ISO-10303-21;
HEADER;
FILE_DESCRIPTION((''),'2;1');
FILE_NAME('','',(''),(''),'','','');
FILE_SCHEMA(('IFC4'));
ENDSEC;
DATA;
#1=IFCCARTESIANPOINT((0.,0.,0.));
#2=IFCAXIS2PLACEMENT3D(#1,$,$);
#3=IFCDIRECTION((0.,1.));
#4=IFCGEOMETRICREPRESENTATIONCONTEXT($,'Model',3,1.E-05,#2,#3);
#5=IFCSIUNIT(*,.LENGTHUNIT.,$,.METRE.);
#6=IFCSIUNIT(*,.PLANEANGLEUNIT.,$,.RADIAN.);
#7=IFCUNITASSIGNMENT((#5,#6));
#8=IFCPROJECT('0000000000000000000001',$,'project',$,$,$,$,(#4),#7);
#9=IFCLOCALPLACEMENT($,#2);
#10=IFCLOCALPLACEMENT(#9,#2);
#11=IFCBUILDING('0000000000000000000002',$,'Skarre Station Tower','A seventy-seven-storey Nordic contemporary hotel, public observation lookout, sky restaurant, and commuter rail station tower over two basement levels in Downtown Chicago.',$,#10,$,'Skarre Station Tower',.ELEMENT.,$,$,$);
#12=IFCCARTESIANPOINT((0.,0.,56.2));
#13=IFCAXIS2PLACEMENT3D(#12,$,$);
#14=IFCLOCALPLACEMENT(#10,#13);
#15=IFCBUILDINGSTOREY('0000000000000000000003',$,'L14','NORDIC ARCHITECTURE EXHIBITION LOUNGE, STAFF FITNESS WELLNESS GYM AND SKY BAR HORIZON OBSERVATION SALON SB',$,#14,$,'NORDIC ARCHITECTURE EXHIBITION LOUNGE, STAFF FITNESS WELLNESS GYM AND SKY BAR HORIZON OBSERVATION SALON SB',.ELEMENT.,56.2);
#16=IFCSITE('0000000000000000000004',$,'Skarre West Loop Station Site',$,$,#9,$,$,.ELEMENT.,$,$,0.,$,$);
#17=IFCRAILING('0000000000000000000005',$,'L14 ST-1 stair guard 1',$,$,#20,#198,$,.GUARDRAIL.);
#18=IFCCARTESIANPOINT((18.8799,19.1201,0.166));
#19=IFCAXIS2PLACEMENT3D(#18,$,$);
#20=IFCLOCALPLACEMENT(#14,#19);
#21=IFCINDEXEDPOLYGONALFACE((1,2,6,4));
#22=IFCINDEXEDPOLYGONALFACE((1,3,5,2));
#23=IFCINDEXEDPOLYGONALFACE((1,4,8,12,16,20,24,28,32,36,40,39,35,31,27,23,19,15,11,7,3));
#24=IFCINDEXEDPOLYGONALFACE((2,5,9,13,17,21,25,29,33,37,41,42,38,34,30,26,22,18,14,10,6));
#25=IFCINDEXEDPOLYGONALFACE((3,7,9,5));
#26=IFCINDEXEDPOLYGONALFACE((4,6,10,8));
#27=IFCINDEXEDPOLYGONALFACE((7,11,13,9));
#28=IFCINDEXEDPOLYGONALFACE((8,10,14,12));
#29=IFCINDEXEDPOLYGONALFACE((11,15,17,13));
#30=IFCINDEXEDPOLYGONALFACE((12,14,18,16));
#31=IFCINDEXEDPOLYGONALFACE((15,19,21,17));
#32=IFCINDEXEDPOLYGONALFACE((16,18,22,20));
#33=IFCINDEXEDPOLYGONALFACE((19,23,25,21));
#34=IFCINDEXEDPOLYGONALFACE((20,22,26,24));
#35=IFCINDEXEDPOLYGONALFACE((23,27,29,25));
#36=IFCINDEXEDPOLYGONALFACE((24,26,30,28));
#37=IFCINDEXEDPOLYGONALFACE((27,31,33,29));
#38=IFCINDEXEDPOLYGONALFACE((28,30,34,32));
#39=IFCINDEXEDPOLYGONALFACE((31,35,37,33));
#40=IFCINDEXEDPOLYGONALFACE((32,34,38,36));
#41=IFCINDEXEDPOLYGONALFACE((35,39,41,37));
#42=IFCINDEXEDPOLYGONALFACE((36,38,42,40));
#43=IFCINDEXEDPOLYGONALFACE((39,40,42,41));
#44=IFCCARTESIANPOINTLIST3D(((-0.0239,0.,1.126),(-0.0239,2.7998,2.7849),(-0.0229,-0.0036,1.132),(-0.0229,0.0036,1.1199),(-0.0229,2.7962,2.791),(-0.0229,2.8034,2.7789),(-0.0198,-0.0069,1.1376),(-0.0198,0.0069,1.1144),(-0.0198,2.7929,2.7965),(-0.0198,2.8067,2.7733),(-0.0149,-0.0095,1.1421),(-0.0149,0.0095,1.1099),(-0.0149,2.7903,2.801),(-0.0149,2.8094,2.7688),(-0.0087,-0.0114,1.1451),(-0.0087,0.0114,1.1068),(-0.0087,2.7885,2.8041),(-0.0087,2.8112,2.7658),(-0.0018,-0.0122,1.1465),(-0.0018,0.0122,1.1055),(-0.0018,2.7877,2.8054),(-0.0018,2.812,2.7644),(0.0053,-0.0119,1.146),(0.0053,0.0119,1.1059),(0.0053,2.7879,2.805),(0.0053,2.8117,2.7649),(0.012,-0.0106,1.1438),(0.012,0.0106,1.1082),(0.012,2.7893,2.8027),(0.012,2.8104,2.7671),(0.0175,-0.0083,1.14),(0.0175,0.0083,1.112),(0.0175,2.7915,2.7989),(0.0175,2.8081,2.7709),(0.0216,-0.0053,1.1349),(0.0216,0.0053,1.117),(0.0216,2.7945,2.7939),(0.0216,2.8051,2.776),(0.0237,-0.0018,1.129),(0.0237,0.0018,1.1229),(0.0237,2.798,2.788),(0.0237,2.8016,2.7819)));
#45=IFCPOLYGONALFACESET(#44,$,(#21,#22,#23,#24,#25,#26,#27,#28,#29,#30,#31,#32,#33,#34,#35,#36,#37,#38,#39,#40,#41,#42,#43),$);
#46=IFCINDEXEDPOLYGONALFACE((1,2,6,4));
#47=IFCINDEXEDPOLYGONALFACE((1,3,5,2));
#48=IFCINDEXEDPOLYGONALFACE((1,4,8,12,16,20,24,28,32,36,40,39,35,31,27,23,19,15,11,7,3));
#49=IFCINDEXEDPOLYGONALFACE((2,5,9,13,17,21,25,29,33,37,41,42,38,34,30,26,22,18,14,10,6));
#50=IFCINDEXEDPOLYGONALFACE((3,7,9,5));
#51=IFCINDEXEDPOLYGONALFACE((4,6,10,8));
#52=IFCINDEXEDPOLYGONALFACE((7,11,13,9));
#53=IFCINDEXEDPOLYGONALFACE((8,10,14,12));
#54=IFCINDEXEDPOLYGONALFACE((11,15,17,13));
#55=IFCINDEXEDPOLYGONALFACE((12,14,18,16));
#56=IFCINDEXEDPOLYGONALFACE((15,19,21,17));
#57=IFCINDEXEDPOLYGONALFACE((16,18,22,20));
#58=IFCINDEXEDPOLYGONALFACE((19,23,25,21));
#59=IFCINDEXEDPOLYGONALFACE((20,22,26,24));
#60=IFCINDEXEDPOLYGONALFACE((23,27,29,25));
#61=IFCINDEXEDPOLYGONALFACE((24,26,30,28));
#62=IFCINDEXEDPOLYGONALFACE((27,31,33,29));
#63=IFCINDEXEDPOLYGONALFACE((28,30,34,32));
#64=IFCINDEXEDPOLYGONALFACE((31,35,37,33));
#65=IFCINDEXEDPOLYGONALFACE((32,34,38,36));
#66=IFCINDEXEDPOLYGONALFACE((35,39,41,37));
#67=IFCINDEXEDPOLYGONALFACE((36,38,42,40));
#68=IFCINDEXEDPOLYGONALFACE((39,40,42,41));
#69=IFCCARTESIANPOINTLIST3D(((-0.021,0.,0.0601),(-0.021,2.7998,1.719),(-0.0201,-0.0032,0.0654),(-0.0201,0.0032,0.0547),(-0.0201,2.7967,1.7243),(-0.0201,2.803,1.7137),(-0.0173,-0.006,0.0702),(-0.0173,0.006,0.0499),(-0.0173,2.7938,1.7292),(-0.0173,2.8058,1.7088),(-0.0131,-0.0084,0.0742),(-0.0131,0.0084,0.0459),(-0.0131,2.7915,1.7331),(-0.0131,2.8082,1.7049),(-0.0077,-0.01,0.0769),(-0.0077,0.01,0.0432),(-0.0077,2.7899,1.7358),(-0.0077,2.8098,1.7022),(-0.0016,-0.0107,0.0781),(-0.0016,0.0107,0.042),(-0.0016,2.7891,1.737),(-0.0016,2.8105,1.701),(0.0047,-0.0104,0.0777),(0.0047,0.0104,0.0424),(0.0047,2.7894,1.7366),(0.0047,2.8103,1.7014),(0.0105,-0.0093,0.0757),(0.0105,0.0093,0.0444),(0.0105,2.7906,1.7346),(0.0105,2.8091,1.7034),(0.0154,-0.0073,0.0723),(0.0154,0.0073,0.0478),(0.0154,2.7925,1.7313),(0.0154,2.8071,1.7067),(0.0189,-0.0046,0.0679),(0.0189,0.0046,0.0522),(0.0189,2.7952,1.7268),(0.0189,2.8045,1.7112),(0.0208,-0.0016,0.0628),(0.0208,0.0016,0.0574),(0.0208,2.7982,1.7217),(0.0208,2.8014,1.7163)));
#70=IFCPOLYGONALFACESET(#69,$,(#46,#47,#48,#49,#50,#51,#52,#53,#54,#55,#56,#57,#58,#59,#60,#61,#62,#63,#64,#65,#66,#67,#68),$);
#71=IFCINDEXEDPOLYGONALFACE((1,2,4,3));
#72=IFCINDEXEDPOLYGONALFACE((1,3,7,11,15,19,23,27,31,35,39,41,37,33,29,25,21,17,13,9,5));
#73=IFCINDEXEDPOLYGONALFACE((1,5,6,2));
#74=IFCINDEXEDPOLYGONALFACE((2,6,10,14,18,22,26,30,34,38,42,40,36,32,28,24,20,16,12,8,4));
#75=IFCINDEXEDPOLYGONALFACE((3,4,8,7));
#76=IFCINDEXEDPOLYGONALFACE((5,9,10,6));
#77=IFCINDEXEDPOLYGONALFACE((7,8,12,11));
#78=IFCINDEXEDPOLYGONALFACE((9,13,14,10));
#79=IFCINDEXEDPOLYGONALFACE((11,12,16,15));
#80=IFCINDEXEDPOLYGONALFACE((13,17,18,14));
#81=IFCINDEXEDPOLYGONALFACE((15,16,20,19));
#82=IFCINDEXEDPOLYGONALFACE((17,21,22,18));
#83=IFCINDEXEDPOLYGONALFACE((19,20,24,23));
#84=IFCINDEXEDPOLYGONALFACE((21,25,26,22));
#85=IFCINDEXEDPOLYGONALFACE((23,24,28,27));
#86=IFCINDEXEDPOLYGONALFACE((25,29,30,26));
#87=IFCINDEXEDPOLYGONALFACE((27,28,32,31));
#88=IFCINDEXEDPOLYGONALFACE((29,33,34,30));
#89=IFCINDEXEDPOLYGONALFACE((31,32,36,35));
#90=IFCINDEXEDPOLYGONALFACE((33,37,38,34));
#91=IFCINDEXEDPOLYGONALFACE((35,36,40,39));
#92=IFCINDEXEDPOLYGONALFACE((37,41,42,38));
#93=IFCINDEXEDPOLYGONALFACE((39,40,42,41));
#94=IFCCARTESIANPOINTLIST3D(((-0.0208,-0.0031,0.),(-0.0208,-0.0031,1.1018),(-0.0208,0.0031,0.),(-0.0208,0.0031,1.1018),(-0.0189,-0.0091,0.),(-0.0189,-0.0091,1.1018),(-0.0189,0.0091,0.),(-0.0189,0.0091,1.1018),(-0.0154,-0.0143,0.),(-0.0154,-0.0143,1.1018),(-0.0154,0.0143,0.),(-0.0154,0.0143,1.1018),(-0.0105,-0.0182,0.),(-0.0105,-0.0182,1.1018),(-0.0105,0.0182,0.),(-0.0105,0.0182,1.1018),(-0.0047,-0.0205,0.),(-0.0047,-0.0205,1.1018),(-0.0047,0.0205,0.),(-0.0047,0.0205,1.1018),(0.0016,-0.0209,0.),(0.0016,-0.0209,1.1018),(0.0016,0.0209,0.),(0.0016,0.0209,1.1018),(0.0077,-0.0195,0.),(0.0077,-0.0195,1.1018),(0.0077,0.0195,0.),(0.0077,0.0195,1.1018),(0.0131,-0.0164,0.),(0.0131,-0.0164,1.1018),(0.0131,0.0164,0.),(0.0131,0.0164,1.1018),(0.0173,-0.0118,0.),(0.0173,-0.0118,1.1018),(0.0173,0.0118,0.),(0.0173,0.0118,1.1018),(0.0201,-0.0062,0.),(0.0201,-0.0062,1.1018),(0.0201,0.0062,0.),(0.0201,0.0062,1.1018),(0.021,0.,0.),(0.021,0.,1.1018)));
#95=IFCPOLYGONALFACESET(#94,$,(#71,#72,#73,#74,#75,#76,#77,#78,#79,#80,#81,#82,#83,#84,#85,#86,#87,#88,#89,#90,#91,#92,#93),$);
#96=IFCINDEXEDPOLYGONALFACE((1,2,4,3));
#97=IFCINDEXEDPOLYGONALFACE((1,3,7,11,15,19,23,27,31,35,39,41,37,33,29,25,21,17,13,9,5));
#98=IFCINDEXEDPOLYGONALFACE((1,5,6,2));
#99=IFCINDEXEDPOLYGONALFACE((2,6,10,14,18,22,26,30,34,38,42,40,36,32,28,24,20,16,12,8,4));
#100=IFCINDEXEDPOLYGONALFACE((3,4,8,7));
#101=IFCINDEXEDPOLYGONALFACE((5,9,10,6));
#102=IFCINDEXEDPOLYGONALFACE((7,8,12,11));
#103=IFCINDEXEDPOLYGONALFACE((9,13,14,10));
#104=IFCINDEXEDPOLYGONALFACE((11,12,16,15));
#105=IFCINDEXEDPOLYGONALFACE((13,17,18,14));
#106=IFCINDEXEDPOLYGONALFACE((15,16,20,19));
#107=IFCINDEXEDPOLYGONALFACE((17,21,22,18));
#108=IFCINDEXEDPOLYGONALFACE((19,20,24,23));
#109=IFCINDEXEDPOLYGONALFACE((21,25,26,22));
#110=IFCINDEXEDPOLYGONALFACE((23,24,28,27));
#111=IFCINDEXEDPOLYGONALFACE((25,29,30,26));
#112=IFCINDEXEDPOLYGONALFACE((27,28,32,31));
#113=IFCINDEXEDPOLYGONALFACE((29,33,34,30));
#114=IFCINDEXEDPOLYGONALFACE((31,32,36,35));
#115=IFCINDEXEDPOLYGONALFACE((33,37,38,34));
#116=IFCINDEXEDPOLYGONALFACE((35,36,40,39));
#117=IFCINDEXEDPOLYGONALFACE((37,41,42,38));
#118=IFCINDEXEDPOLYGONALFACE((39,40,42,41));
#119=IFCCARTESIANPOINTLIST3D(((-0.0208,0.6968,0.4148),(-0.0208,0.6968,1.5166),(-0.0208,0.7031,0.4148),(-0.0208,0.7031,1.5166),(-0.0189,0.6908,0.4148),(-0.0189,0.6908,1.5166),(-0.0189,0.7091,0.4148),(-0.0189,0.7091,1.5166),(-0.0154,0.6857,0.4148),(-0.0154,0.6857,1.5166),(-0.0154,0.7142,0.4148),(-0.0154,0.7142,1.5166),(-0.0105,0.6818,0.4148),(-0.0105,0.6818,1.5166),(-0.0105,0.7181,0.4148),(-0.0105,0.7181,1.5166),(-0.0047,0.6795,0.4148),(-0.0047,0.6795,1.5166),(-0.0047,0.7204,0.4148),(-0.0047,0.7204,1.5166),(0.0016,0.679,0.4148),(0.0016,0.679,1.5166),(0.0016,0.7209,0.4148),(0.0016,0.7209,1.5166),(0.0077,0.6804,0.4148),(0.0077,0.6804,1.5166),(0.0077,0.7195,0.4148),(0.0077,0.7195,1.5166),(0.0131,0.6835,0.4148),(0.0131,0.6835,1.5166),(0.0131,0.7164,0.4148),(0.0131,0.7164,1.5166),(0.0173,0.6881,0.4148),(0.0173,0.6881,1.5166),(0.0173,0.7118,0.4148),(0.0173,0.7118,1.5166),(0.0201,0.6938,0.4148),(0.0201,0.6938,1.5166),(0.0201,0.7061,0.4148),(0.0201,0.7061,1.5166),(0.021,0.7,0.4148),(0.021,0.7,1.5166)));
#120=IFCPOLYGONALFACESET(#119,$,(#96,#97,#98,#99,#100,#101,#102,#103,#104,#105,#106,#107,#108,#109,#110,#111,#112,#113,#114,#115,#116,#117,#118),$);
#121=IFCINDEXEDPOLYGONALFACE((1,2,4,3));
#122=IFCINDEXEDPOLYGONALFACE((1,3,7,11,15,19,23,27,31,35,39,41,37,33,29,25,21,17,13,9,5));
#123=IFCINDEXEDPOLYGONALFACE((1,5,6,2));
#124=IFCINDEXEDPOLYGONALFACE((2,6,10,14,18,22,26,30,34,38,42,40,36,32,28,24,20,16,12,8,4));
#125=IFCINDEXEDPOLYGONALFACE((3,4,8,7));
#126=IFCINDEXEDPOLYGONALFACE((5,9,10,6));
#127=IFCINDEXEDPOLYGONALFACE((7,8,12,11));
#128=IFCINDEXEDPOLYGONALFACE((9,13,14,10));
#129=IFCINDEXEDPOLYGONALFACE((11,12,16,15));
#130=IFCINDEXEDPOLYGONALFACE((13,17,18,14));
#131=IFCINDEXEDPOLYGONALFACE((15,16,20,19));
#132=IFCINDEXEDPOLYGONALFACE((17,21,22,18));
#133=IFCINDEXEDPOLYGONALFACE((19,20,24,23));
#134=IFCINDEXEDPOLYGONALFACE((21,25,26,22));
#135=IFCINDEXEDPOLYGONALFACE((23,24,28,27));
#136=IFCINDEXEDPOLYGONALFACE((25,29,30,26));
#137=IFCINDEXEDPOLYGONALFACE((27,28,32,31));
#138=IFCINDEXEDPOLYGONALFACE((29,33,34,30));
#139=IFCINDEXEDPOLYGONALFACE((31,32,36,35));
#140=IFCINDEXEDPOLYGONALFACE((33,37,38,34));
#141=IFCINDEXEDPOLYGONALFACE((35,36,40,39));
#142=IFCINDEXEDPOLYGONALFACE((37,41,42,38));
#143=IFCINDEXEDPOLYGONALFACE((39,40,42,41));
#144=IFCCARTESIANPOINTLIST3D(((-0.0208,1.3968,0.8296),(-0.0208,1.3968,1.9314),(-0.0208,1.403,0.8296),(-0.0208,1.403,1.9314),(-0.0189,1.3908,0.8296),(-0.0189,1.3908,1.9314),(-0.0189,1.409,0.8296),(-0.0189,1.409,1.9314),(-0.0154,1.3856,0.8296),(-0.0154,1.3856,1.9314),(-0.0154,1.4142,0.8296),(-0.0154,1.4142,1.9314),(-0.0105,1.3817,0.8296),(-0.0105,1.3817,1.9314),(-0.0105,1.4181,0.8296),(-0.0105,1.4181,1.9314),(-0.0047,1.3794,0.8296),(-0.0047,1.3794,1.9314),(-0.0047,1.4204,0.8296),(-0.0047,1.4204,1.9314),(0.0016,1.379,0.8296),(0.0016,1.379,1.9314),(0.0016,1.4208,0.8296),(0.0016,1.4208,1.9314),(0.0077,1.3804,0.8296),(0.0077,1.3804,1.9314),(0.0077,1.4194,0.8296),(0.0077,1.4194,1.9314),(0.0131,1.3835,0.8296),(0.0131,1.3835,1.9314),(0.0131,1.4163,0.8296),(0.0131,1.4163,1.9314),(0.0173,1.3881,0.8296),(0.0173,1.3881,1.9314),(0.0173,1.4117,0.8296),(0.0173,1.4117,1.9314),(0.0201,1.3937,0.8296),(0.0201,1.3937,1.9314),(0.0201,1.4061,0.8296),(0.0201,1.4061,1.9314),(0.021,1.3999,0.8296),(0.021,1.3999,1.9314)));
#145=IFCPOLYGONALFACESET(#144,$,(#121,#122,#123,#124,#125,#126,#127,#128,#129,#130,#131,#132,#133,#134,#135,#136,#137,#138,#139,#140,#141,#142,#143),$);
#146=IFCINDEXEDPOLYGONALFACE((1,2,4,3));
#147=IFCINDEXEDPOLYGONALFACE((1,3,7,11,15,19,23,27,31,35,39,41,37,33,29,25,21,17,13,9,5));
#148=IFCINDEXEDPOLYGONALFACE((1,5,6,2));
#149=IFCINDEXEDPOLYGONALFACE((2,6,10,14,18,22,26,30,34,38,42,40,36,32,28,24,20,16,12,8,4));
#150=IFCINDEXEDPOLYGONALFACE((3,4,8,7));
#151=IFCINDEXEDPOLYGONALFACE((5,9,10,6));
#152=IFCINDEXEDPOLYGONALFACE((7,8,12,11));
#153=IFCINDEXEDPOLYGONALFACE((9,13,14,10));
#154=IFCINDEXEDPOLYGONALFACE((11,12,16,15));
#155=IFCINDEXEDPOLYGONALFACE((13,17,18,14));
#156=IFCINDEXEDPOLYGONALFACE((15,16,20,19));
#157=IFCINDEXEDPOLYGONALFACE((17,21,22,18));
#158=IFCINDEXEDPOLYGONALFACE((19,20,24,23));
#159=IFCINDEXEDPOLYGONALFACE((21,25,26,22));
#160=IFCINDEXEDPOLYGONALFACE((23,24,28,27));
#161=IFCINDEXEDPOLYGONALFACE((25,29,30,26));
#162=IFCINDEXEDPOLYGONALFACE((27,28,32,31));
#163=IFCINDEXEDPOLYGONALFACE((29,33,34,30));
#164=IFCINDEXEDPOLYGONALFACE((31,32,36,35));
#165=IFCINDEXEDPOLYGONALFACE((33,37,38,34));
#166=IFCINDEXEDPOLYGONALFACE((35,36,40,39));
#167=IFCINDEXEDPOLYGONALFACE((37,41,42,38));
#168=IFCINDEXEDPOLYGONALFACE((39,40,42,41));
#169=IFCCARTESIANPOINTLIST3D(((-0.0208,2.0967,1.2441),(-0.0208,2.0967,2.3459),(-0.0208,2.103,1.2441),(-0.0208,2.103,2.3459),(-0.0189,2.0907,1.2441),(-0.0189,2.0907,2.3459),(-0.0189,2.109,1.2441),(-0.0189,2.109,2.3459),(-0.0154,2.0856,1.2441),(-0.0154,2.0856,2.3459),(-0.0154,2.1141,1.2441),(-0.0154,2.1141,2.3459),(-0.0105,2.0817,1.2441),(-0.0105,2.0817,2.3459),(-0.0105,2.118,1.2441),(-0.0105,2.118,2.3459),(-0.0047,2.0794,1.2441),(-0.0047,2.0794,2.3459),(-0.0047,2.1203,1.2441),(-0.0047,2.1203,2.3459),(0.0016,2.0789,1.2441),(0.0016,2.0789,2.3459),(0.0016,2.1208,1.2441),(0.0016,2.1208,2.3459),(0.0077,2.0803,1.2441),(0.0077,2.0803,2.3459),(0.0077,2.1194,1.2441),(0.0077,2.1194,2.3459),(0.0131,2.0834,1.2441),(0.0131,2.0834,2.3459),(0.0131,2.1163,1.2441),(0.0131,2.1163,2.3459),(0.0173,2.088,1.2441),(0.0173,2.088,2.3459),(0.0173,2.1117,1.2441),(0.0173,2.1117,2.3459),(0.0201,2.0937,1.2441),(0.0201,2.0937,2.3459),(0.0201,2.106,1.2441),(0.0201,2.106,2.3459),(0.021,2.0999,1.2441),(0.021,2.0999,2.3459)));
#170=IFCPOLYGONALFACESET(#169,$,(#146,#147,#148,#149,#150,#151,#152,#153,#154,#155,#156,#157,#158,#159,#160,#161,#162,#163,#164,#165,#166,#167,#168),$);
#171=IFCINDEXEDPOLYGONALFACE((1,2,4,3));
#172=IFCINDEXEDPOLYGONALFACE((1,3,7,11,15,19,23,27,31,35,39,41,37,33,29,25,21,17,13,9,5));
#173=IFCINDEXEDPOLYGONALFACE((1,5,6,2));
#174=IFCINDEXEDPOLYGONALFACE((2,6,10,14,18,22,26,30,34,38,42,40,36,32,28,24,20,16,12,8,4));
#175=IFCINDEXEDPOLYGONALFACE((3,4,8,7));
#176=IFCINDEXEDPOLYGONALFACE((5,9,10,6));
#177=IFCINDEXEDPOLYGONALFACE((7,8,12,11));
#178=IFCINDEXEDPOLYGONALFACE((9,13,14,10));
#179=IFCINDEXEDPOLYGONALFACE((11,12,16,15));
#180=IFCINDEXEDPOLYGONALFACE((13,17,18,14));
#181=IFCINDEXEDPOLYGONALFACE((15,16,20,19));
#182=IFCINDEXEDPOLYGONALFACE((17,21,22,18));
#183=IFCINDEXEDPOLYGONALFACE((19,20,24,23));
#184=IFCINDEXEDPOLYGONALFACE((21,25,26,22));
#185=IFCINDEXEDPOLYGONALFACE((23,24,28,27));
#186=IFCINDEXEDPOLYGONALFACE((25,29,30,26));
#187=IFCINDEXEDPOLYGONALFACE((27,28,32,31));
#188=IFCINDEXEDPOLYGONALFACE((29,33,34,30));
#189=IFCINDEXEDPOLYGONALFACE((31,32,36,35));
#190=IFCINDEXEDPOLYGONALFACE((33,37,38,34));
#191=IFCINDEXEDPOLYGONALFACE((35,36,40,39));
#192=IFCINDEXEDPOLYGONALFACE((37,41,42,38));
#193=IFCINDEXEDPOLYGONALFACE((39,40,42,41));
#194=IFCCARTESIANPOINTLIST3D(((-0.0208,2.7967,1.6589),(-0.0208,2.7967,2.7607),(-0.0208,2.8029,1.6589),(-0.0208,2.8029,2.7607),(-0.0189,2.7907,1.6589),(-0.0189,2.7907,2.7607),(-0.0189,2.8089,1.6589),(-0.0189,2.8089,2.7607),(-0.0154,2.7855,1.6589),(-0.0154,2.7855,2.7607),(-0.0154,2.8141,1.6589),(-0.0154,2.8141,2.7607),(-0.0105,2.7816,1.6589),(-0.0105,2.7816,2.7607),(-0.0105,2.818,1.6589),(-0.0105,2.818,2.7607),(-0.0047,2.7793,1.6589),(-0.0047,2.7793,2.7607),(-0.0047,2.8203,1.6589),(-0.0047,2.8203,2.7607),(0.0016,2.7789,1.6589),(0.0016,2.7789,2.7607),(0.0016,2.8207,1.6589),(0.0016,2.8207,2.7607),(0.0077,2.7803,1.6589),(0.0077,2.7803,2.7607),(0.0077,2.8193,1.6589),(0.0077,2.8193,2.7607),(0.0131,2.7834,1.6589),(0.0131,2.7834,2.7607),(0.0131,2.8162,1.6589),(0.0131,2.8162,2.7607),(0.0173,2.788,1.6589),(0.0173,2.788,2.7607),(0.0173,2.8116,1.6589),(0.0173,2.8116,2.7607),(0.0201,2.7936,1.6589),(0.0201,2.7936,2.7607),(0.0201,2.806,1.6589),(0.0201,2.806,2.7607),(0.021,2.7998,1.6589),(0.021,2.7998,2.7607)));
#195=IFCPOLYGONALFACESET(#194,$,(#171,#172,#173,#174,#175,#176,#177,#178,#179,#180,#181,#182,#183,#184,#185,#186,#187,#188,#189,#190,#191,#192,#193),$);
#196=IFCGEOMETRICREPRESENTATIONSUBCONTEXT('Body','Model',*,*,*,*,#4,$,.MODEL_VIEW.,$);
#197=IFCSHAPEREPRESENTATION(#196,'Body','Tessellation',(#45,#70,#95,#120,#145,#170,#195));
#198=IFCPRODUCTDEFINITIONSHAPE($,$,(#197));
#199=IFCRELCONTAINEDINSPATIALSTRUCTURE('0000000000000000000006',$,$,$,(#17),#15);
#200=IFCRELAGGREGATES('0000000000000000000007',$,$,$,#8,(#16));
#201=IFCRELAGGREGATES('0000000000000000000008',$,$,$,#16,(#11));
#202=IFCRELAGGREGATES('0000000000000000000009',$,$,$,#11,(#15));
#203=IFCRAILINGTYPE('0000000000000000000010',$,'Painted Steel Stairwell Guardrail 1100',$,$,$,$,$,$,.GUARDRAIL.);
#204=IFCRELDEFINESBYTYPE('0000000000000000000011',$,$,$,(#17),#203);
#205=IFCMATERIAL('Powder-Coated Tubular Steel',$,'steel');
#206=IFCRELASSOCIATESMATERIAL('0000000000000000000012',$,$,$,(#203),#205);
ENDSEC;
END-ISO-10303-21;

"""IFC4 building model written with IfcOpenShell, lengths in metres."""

from ifc_helpers import new_model, si_unit, direction, frame, origin, origin_2d, place, context, subcontext, project, spatial, circle, extrude, material, type_object, element, save


model = new_model("IFC4")

# Units and contexts
model_context = context("Model", 3, precision=1e-05, world=origin(), true_north=direction((0.0, 1.0)))
body_context = subcontext(model_context, "Body", "Model", "MODEL_VIEW")
ifc_project = project(units=[si_unit("LENGTHUNIT", "METRE"), si_unit("PLANEANGLEUNIT", "RADIAN")], contexts=[model_context])

# Site, building, storey
site_placement = place(None, origin())
site = spatial("IfcSite", under=ifc_project, at=site_placement, Name="Skarre West Loop Station Site", CompositionType="ELEMENT", RefElevation=0.0)
building_placement = place(site_placement, origin())
building = spatial("IfcBuilding", under=site, at=building_placement, Name="Skarre Station Tower", Description="A seventy-seven-storey Nordic contemporary hotel, public observation lookout, sky restaurant, and commuter rail station tower over two basement levels in Downtown Chicago.", LongName="Skarre Station Tower", CompositionType="ELEMENT")
storey_placement = place(building_placement, frame((0.0, 0.0, 56.2)))
storey = spatial("IfcBuildingStorey", under=building, at=storey_placement, Name="L14", Description="NORDIC ARCHITECTURE EXHIBITION LOUNGE, STAFF FITNESS WELLNESS GYM AND SKY BAR HORIZON OBSERVATION SALON SB", LongName="NORDIC ARCHITECTURE EXHIBITION LOUNGE, STAFF FITNESS WELLNESS GYM AND SKY BAR HORIZON OBSERVATION SALON SB", CompositionType="ELEMENT", Elevation=56.2)

# Railing
ifc_material_1 = material(Name="Powder-Coated Tubular Steel", Category="steel")
railing_type_1 = type_object("IfcRailingType", Name="Painted Steel Stairwell Guardrail 1100", PredefinedType="GUARDRAIL", material=ifc_material_1)
railing_1_placement = place(storey_placement, frame((18.8799, 19.1201, 0.166)))
element("IfcRailing", 1, at=railing_1_placement, inside=storey, type_object=railing_type_1, Name="L14 ST-1 stair guard 1", PredefinedType="GUARDRAIL", context=body_context, shape_type="SweptSolid", body=[
    extrude(circle(Radius=0.0239, at=origin_2d()), frame((0.0, 0.0, 1.126), z_axis=(0.0, 0.86032, 0.509755), x_axis=(-1.0, 0.0, 0.0)), (0.0, 0.0, 1.0), 3.2544),
    extrude(circle(Radius=0.021, at=origin_2d()), frame((0.0, 0.0, 0.0601), z_axis=(0.0, 0.86032, 0.509755), x_axis=(-1.0, 0.0, 0.0)), (0.0, 0.0, 1.0), 3.2544),
    extrude(circle(Radius=0.021, at=origin_2d()), origin(), (0.0, 0.0, 1.0), 1.1018),
    extrude(circle(Radius=0.021, at=origin_2d()), frame((0.0, 0.7, 0.4148)), (0.0, 0.0, 1.0), 1.1018),
    extrude(circle(Radius=0.021, at=origin_2d()), frame((0.0, 1.3999, 0.8296)), (0.0, 0.0, 1.0), 1.1018),
    extrude(circle(Radius=0.021, at=origin_2d()), frame((0.0, 2.0999, 1.2441)), (0.0, 0.0, 1.0), 1.1018),
    extrude(circle(Radius=0.021, at=origin_2d()), frame((0.0, 2.7998, 1.6589)), (0.0, 0.0, 1.0), 1.1018),
])

save(model, "model.ifc")
